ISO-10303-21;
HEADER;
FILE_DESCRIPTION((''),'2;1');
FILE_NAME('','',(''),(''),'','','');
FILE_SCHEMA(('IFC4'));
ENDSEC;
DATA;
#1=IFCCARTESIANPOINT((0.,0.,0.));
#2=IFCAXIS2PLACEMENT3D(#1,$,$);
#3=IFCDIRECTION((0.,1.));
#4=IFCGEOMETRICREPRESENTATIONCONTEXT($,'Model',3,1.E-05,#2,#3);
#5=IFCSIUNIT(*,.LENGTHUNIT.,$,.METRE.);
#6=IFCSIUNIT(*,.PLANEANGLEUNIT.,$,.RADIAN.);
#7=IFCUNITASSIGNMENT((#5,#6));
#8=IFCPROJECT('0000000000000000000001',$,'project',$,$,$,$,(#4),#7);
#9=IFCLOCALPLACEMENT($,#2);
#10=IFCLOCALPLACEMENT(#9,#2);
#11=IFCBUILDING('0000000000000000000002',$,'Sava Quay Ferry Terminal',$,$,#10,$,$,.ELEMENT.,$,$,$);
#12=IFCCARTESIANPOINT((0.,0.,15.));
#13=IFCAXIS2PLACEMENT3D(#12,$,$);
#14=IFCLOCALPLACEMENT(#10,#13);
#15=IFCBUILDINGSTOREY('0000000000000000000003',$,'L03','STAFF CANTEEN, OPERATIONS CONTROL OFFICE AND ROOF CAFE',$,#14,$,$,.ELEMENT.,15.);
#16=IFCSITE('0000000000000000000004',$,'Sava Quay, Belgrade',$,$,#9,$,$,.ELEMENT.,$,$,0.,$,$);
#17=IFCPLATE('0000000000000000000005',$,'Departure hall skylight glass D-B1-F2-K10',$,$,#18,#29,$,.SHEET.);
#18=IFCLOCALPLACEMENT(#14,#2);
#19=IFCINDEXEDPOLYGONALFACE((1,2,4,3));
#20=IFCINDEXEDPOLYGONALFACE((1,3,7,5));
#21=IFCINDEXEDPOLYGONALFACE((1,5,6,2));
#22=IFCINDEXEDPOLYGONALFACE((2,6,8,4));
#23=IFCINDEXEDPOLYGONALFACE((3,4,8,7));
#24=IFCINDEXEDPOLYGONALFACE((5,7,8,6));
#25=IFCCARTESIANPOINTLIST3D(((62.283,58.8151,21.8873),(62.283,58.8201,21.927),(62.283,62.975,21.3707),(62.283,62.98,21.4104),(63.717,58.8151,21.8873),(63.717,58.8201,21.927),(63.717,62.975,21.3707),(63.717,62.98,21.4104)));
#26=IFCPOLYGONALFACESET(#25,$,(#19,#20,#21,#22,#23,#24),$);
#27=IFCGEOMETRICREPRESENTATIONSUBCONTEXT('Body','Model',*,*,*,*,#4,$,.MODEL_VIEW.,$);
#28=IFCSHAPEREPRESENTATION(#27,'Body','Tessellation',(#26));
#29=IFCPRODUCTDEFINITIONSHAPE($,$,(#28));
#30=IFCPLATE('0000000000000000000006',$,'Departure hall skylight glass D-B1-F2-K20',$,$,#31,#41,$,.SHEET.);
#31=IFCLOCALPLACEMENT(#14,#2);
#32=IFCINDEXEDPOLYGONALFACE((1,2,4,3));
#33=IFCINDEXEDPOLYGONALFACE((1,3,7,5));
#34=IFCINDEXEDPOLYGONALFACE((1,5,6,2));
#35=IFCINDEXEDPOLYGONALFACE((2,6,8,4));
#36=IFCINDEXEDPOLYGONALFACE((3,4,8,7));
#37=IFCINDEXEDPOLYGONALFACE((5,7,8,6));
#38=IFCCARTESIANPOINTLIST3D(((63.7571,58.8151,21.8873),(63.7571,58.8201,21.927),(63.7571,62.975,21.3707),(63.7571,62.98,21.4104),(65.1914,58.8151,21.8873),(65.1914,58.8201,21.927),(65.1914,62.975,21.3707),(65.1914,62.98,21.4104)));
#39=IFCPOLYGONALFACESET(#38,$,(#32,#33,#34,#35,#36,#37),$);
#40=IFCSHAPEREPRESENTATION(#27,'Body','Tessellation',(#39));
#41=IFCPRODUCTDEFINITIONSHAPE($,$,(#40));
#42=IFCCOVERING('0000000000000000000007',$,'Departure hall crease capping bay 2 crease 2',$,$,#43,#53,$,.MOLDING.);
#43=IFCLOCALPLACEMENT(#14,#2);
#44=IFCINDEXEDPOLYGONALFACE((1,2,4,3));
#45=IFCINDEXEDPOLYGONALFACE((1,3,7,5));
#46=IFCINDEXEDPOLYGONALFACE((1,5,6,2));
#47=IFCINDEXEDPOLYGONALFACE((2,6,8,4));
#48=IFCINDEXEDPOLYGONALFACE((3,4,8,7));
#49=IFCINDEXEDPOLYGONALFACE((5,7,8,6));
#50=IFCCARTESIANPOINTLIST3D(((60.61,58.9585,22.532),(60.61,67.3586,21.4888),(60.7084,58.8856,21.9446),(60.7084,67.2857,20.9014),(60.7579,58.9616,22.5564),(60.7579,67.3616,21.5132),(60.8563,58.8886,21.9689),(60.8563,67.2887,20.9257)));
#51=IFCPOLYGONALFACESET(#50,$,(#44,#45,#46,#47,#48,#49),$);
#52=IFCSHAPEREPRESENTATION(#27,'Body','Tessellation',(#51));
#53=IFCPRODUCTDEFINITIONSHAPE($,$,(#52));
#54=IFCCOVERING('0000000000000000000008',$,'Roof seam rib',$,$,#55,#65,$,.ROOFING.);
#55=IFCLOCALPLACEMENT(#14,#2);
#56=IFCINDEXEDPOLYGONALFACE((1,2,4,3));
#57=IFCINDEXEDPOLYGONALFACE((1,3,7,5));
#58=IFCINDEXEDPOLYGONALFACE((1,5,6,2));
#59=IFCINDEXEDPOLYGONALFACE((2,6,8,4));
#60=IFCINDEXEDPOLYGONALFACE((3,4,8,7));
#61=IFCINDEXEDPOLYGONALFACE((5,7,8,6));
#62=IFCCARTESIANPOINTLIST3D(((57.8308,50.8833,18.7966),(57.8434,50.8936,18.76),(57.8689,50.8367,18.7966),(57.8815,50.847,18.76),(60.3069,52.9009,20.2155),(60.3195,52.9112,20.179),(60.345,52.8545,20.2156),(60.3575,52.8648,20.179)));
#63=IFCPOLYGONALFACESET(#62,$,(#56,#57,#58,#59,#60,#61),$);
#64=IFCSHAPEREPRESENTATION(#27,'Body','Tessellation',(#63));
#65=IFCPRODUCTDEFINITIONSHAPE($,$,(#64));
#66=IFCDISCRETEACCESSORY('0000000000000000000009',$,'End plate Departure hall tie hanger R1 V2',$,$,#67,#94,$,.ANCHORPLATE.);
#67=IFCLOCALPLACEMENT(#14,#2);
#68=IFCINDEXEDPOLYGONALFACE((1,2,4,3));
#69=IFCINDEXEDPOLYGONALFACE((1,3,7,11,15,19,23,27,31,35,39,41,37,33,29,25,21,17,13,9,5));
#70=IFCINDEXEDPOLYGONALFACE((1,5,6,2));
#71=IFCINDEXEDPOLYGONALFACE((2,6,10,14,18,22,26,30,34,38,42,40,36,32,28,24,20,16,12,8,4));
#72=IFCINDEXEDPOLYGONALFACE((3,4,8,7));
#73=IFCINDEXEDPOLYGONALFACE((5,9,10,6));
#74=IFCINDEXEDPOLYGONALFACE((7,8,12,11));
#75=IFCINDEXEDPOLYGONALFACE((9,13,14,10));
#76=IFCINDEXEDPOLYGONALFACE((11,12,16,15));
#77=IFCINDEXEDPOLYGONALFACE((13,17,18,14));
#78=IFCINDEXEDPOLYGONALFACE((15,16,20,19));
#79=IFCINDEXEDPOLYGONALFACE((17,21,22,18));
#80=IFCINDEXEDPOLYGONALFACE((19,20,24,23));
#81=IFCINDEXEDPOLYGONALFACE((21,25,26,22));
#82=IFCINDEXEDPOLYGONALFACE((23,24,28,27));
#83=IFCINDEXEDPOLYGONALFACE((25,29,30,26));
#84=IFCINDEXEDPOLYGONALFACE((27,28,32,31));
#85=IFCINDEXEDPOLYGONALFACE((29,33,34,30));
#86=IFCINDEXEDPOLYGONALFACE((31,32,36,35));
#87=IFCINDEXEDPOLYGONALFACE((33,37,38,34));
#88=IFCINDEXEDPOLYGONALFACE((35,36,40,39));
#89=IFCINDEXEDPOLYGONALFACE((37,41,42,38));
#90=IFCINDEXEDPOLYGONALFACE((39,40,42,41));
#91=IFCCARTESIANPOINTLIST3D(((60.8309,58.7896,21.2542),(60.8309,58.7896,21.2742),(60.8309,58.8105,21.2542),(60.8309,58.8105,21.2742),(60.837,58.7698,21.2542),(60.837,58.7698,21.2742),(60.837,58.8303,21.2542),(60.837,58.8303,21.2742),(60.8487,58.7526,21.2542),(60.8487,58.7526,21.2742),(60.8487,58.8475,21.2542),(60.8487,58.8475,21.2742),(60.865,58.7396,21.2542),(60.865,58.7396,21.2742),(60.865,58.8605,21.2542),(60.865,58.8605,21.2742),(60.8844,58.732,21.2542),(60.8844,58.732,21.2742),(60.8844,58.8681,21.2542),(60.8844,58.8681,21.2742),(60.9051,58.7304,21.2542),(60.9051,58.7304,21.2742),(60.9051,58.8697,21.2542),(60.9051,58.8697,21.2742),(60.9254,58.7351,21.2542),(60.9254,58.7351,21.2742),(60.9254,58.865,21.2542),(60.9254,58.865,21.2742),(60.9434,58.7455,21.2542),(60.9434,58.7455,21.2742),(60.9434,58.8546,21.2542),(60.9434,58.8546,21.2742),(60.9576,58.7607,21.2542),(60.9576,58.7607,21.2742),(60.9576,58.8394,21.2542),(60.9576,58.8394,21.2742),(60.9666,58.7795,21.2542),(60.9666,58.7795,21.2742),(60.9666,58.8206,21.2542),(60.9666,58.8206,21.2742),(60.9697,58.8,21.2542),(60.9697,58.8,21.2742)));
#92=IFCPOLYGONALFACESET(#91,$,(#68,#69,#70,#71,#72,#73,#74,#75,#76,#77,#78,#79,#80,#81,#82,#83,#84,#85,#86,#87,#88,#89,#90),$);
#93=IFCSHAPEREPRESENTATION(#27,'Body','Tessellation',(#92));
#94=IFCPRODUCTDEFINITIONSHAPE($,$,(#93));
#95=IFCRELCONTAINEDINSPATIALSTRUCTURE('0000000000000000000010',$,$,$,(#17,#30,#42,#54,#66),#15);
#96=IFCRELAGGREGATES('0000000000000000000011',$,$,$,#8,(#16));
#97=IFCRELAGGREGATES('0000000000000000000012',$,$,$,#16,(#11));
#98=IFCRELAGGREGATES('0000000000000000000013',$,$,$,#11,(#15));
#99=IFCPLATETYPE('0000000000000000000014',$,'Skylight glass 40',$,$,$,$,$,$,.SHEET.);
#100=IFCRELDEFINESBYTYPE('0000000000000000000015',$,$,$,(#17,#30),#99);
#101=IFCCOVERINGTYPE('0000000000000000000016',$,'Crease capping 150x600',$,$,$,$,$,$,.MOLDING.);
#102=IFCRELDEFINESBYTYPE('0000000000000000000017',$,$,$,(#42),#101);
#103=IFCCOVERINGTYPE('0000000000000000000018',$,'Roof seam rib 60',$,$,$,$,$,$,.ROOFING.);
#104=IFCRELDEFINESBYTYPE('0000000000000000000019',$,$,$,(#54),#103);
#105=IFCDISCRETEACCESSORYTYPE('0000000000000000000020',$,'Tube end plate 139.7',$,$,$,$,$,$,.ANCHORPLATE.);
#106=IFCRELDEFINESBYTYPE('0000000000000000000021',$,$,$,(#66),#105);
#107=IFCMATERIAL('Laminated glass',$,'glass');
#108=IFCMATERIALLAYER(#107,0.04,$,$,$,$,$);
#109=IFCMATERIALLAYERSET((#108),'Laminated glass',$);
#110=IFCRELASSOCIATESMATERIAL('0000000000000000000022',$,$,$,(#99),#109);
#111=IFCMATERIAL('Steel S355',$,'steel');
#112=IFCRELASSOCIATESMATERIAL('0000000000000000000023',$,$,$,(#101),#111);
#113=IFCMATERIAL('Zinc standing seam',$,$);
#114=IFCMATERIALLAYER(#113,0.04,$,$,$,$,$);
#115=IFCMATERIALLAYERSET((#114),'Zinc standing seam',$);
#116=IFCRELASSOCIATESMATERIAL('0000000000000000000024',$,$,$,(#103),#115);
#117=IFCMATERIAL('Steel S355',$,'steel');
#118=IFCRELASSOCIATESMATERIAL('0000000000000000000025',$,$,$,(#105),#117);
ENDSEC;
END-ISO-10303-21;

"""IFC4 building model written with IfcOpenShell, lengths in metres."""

from ifc_helpers import new_model, si_unit, direction, frame, origin, origin_2d, place, context, subcontext, project, spatial, polyline, rectangle, circle, outline, extrude, material, layer, layer_set, material_profile, profile_set, type_object, element, save


model = new_model("IFC4")

# Units and contexts
model_context = context("Model", 3, precision=1e-05, world=origin(), true_north=direction((0.0, 1.0)))
body_context = subcontext(model_context, "Body", "Model", "MODEL_VIEW")
ifc_project = project(units=[si_unit("LENGTHUNIT", "METRE"), si_unit("PLANEANGLEUNIT", "RADIAN")], contexts=[model_context])

# Site, building, storey
site_placement = place(None, origin())
site = spatial("IfcSite", under=ifc_project, at=site_placement, Name="Sava Quay, Belgrade", CompositionType="ELEMENT", RefElevation=0.0)
building_placement = place(site_placement, origin())
building = spatial("IfcBuilding", under=site, at=building_placement, Name="Sava Quay Ferry Terminal", CompositionType="ELEMENT")
storey_placement = place(building_placement, frame((0.0, 0.0, 15.0)))
storey = spatial("IfcBuildingStorey", under=building, at=storey_placement, Name="L03", Description="STAFF CANTEEN, OPERATIONS CONTROL OFFICE AND ROOF CAFE", CompositionType="ELEMENT", Elevation=15.0)

# Plates
ifc_material_1 = material(Name="Laminated glass", Category="glass")
ifc_layer_1 = layer(ifc_material_1, 0.04)
ifc_layer_set_1 = layer_set([ifc_layer_1], Name="Laminated glass")
plate_type = type_object("IfcPlateType", Name="Skylight glass 40", PredefinedType="SHEET", material=ifc_layer_set_1)
plate_1_placement = place(storey_placement, frame((62.283, 58.8201, 21.927), z_axis=(0.0, 0.123239, 0.992377), x_axis=(0.0, 0.992377, -0.123239)))
element("IfcPlate", 1, at=plate_1_placement, inside=storey, type_object=plate_type, Name="Departure hall skylight glass D-B1-F2-K10", PredefinedType="SHEET", context=body_context, shape_type="SweptSolid", body=[
    extrude(outline(polyline([(0.0, 0.0), (4.1919, 0.0), (4.1919, -1.4341), (0.0, -1.4341), (0.0, 0.0)])), origin(), (0.0, 0.0, -1.0), 0.04),
])
plate_2_placement = place(storey_placement, frame((63.7571, 58.8201, 21.927), z_axis=(0.0, 0.123239, 0.992377), x_axis=(0.0, 0.992377, -0.123239)))
element("IfcPlate", 2, at=plate_2_placement, inside=storey, type_object=plate_type, Name="Departure hall skylight glass D-B1-F2-K20", PredefinedType="SHEET", context=body_context, shape_type="SweptSolid", body=[
    extrude(outline(polyline([(0.0, 0.0), (4.1919, 0.0), (4.1919, -1.4343), (0.0, -1.4343), (0.0, 0.0)])), origin(), (0.0, 0.0, -1.0), 0.04),
])

# Coverings
ifc_material_2 = material(Name="Steel S355", Category="steel")
ifc_material_profile_1 = material_profile(ifc_material_2, rectangle(XDim=0.1499, YDim=0.6001, at=origin_2d()), Name="Cap 150 x 600")
ifc_profile_set_1 = profile_set([ifc_material_profile_1], Name="Steel S355")
covering_type_1 = type_object("IfcCoveringType", Name="Crease capping 150x600", PredefinedType="MOLDING", material=ifc_profile_set_1)
covering_1_placement = place(storey_placement, frame((60.7332, 58.9236, 22.2505), z_axis=(0.0, 0.992377, -0.123243), x_axis=(-0.986479, -0.020198, -0.16264)))
element("IfcCovering", 3, at=covering_1_placement, inside=storey, type_object=covering_type_1, Name="Departure hall crease capping bay 2 crease 2", PredefinedType="MOLDING", context=body_context, shape_type="SweptSolid", body=[
    extrude(rectangle(XDim=0.1499, YDim=0.6001, at=origin_2d()), origin(), (0.0, 0.0, 1.0), 8.4646),
])
ifc_material_3 = material(Name="Zinc standing seam")
ifc_layer_2 = layer(ifc_material_3, 0.04)
ifc_layer_set_2 = layer_set([ifc_layer_2], Name="Zinc standing seam")
covering_type_2 = type_object("IfcCoveringType", Name="Roof seam rib 60", PredefinedType="ROOFING", material=ifc_layer_set_2)
covering_2_placement = place(storey_placement, frame((57.8308, 50.8833, 18.7966), z_axis=(-0.314106, -0.257221, 0.913879), x_axis=(0.708466, 0.577279, 0.405986)))
element("IfcCovering", 4, at=covering_2_placement, inside=storey, type_object=covering_type_2, Name="Roof seam rib", PredefinedType="ROOFING", context=body_context, shape_type="SweptSolid", body=[
    extrude(outline(polyline([(0.0, 0.0), (3.495, 0.0), (3.4952, -0.06), (0.0001, -0.0602), (0.0, 0.0)])), origin(), (0.0, 0.0, -1.0), 0.04),
])

# Discrete accessory
ifc_material_4 = material(Name="Steel S355", Category="steel")
ifc_material_profile_2 = material_profile(ifc_material_4, circle(Radius=0.0698, at=origin_2d()), Name="Plate 139.7 dia x 20")
ifc_profile_set_2 = profile_set([ifc_material_profile_2], Name="Steel S355")
discrete_accessory_type = type_object("IfcDiscreteAccessoryType", Name="Tube end plate 139.7", PredefinedType="ANCHORPLATE", material=ifc_profile_set_2)
discrete_accessory_placement = place(storey_placement, frame((60.8999, 58.8, 21.2542), z_axis=(0.0, 0.0, 1.0), x_axis=(1.0, 0.0, 0.0)))
element("IfcDiscreteAccessory", 5, at=discrete_accessory_placement, inside=storey, type_object=discrete_accessory_type, Name="End plate Departure hall tie hanger R1 V2", PredefinedType="ANCHORPLATE", context=body_context, shape_type="SweptSolid", body=[
    extrude(circle(Radius=0.0698, at=origin_2d()), origin(), (0.0, 0.0, 1.0), 0.02),
])

save(model, "model.ifc")
